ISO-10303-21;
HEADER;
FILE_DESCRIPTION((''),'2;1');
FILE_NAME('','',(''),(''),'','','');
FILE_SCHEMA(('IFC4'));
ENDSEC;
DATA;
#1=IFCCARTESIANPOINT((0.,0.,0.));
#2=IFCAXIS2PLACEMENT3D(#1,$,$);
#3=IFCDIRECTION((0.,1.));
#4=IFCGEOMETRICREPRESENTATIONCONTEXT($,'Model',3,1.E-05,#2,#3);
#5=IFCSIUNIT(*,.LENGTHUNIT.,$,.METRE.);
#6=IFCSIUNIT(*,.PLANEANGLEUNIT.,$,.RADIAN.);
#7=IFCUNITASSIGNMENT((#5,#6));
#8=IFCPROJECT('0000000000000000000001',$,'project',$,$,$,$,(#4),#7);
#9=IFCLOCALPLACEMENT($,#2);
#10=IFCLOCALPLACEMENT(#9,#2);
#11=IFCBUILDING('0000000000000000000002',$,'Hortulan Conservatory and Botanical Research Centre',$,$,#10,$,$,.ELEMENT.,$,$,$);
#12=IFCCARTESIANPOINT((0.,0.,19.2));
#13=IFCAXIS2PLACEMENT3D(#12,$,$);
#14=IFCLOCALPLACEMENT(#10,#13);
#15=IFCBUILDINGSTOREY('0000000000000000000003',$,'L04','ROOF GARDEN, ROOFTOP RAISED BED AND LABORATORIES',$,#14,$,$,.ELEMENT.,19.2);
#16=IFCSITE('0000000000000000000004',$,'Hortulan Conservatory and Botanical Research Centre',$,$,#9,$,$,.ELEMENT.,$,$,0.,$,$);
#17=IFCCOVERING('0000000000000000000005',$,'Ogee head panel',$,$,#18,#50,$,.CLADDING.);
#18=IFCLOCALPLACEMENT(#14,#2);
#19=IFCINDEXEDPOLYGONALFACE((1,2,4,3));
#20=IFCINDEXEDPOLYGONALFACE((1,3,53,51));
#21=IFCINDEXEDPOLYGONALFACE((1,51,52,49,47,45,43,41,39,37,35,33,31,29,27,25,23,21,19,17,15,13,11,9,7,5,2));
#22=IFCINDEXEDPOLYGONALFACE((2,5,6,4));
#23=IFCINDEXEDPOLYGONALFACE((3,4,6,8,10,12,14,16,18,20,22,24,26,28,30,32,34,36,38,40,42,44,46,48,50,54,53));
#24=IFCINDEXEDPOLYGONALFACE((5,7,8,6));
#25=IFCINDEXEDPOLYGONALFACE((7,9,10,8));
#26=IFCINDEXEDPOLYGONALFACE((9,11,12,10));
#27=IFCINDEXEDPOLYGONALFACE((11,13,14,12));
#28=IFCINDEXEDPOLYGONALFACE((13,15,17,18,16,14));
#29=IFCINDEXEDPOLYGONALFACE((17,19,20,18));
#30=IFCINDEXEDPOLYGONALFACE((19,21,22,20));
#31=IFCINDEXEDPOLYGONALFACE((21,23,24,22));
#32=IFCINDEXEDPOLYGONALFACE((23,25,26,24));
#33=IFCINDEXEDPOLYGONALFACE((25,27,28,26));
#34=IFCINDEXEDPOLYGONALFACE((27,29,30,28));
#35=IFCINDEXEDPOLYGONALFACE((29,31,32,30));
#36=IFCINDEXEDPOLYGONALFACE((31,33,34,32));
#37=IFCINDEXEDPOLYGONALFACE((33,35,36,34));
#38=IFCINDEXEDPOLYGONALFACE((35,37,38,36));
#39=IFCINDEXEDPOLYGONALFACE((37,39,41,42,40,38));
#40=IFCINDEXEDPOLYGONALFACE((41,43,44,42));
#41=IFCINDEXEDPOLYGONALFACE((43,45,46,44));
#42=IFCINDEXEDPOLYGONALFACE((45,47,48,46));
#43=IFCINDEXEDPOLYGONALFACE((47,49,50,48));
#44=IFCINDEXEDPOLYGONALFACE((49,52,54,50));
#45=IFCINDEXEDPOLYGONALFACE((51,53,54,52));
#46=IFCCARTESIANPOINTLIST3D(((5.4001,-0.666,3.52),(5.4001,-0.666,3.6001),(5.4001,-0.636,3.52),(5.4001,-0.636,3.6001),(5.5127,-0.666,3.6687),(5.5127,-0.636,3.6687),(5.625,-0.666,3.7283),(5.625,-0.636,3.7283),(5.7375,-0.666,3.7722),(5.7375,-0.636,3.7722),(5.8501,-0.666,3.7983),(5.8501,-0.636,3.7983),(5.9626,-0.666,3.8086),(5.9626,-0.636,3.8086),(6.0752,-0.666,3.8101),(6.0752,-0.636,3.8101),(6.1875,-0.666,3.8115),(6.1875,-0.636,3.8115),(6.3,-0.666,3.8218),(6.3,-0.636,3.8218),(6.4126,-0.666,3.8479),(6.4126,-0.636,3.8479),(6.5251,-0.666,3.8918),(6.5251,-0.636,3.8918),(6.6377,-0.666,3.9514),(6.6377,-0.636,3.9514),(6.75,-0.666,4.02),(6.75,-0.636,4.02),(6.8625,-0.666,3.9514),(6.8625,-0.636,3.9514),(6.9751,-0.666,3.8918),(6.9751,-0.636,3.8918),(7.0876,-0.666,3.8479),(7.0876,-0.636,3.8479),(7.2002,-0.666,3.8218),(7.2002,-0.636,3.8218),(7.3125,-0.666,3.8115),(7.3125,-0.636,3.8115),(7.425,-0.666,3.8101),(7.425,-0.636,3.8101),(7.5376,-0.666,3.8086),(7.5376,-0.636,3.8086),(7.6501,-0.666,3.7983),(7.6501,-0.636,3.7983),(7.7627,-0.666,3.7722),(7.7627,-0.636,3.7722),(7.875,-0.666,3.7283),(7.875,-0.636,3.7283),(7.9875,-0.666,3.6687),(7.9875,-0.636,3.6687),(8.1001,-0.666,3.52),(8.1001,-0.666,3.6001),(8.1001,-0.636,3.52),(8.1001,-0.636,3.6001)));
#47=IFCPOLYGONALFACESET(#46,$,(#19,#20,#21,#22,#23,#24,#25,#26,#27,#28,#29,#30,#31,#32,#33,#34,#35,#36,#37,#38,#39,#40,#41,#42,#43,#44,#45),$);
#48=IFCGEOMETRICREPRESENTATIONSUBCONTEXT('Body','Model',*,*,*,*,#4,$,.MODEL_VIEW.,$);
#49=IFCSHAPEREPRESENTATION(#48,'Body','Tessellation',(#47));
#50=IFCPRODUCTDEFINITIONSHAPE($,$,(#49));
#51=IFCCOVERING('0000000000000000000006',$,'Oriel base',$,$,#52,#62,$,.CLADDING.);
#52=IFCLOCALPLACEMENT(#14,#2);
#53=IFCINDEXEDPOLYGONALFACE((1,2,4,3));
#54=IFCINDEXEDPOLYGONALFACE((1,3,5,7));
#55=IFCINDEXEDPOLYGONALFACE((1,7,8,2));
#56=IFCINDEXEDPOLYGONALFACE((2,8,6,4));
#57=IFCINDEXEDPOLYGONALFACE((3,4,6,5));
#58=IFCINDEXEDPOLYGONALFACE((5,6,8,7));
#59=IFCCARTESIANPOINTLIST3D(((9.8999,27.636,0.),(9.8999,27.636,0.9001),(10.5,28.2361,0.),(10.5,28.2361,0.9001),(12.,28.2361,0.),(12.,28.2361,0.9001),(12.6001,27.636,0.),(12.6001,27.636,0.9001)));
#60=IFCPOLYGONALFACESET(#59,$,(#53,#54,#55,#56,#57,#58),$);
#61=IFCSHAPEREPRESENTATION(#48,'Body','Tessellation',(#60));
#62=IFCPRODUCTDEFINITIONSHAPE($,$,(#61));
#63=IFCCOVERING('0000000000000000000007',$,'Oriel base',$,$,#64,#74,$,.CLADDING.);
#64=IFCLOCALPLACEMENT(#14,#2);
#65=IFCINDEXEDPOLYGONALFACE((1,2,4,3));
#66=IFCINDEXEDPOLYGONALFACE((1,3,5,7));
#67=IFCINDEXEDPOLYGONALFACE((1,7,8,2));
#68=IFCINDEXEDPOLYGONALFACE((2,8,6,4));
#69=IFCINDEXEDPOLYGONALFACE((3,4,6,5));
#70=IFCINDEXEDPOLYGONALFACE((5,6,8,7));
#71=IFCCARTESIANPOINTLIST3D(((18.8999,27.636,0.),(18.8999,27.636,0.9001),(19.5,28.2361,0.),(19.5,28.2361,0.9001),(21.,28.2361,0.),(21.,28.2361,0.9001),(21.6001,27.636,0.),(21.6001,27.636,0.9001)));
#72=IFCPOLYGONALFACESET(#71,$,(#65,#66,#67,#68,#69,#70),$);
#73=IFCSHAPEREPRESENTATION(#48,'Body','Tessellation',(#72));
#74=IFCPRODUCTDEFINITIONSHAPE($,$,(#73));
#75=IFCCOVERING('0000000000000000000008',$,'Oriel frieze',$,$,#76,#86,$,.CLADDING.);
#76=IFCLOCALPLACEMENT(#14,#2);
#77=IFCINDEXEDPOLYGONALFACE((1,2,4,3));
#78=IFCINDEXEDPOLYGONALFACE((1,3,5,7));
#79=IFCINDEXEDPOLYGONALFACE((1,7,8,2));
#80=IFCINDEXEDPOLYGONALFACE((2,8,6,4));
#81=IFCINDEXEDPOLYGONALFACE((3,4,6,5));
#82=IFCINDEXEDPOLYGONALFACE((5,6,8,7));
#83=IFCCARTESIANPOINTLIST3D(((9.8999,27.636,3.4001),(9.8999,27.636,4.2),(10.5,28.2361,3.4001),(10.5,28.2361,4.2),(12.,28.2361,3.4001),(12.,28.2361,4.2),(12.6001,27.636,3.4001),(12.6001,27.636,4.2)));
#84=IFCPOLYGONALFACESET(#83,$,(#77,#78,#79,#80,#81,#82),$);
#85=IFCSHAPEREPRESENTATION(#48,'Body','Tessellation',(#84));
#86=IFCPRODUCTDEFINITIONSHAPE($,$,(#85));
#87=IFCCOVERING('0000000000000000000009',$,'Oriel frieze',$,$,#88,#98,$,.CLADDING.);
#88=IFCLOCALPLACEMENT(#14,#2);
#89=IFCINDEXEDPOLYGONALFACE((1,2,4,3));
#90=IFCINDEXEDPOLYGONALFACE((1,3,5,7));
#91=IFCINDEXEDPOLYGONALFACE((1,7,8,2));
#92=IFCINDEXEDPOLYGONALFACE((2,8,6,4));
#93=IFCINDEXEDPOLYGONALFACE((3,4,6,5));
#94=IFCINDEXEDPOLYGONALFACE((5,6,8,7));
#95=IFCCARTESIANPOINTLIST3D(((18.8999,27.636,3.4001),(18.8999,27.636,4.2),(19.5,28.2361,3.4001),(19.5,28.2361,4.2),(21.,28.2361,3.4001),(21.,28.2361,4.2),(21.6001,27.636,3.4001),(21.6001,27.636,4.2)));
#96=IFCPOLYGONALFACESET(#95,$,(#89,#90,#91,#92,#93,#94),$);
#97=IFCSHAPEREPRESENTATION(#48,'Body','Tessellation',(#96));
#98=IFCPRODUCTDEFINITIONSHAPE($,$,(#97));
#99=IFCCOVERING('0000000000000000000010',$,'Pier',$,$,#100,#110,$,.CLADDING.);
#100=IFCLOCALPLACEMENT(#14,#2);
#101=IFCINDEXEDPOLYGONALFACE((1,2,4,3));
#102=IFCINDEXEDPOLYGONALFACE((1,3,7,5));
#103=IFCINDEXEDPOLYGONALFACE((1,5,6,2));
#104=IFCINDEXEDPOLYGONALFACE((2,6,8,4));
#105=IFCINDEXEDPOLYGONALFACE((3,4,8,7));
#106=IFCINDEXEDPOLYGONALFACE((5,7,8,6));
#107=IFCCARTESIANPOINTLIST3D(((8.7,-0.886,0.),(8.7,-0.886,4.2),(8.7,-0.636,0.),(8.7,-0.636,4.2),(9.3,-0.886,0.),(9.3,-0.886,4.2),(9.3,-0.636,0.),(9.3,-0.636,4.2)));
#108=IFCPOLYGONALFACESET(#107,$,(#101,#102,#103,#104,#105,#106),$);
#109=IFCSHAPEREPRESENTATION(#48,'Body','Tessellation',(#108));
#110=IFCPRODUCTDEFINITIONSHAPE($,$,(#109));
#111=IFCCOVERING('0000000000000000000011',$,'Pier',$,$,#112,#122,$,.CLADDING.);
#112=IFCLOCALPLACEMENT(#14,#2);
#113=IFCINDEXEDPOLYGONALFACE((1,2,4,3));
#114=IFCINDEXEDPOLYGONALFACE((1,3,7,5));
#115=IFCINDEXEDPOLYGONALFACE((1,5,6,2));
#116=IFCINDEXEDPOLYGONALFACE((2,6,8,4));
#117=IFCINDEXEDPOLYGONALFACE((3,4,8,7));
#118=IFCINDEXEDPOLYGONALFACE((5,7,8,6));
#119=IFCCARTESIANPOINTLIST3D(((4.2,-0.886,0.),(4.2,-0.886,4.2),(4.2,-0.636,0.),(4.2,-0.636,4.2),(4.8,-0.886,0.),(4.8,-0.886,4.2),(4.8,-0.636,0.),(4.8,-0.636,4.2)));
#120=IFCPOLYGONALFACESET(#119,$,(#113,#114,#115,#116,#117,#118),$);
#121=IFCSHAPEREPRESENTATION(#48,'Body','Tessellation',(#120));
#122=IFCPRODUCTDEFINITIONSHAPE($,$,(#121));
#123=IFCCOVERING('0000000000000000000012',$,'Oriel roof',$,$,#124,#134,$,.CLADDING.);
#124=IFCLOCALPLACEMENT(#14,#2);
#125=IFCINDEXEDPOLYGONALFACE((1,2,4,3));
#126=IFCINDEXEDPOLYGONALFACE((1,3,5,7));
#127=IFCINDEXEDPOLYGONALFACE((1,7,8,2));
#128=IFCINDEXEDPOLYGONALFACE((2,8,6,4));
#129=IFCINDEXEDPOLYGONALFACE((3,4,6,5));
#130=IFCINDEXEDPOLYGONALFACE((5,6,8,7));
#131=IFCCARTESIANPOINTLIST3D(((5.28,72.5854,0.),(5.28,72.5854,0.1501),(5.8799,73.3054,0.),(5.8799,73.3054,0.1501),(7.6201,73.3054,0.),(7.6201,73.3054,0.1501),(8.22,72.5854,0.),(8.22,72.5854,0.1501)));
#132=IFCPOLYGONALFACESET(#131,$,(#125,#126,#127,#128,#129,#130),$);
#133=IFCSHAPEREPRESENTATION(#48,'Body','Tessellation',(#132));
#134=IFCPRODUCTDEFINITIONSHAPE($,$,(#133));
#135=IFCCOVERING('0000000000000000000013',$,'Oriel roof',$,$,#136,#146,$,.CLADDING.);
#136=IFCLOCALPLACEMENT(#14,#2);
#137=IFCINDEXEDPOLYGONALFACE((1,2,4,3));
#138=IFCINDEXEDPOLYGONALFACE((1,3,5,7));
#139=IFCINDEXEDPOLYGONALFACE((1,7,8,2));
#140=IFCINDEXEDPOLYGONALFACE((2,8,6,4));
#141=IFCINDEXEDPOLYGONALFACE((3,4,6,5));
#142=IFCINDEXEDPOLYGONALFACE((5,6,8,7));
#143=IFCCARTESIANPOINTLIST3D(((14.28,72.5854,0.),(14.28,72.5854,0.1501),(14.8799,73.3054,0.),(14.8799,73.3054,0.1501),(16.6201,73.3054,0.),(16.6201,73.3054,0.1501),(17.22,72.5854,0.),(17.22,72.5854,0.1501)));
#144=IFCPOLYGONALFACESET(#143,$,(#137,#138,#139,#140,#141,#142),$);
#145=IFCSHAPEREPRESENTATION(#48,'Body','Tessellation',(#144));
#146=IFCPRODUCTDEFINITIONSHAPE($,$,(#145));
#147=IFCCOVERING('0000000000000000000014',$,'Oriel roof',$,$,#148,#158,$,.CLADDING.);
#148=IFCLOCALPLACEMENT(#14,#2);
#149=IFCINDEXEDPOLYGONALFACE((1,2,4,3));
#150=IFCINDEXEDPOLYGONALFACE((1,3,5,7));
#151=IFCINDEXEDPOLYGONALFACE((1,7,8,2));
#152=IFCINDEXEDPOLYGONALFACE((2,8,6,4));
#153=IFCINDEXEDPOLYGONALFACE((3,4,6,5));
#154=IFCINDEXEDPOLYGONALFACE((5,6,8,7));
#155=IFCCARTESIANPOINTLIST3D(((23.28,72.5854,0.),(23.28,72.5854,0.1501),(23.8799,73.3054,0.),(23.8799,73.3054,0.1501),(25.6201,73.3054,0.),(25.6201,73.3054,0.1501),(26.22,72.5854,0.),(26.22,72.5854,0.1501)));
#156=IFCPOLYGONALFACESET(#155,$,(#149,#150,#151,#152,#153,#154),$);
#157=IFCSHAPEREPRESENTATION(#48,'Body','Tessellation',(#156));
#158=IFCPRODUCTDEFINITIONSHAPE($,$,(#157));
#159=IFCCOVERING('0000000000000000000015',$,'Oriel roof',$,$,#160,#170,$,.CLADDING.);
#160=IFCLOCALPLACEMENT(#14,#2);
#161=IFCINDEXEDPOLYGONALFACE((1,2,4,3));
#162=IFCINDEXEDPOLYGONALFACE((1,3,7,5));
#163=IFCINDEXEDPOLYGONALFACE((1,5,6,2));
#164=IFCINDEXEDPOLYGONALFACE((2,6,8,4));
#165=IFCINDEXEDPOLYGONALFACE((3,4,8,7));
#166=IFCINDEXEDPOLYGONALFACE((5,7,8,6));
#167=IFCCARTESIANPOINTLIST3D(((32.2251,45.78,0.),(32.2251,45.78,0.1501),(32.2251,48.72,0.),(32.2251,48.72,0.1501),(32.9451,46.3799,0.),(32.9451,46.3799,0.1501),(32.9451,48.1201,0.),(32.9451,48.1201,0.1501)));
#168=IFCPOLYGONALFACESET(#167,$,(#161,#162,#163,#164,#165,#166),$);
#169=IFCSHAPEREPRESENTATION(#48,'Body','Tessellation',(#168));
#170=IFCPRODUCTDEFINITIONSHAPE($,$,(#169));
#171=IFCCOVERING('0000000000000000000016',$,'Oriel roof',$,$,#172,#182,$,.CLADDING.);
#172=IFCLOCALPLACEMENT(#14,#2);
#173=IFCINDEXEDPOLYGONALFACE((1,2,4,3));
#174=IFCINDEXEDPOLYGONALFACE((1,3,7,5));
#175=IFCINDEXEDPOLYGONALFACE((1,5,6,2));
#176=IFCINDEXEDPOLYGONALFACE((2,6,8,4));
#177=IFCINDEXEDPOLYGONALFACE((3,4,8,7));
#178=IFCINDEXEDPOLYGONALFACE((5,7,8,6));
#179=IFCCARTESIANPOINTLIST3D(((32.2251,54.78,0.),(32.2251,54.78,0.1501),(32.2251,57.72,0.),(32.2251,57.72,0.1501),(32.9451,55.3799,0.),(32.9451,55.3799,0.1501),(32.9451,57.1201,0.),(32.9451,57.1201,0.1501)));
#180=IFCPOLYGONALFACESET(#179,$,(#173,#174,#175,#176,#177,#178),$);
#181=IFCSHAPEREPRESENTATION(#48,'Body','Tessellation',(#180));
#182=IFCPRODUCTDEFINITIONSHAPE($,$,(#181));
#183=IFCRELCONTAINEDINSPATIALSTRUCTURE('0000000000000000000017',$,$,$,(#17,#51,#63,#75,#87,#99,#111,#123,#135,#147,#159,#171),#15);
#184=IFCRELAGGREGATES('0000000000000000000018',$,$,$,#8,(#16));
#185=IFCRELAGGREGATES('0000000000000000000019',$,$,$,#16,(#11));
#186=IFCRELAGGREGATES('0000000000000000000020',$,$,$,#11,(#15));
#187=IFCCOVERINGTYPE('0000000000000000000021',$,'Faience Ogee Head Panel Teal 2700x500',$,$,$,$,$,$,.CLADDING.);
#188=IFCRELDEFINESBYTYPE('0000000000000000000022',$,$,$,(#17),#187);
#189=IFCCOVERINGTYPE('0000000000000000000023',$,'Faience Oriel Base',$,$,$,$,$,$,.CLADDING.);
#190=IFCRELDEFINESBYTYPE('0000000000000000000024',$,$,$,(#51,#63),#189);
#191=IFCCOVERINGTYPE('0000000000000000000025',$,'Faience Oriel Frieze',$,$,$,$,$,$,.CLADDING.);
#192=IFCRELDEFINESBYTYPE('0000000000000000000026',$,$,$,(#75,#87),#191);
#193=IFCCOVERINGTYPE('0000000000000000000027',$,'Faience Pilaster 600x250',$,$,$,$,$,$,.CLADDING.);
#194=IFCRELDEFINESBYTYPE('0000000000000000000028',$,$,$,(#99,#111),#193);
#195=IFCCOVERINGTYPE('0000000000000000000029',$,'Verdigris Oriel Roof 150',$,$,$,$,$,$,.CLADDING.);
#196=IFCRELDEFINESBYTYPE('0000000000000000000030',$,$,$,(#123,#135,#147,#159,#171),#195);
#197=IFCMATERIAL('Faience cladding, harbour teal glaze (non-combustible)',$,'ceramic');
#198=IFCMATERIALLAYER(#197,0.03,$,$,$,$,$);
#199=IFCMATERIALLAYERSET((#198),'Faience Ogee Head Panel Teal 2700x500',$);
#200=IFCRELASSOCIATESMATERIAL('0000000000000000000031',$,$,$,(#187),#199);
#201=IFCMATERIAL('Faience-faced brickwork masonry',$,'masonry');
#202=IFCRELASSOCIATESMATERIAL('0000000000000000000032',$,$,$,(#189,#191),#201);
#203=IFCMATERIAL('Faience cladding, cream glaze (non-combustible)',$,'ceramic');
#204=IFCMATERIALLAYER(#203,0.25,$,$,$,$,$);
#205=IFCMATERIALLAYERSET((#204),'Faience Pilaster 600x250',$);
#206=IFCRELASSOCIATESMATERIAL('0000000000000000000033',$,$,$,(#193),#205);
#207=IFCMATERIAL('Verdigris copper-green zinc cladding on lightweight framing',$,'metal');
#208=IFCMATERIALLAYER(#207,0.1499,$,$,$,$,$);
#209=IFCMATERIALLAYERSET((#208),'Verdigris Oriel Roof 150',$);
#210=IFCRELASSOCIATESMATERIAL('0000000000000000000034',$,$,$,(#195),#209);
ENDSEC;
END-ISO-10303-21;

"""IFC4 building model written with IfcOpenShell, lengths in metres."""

from ifc_helpers import new_model, si_unit, direction, frame, origin, origin_2d, place, context, subcontext, project, spatial, polyline, rectangle, outline, extrude, material, layer, layer_set, type_object, element, save


model = new_model("IFC4")

# Units and contexts
model_context = context("Model", 3, precision=1e-05, world=origin(), true_north=direction((0.0, 1.0)))
body_context = subcontext(model_context, "Body", "Model", "MODEL_VIEW")
ifc_project = project(units=[si_unit("LENGTHUNIT", "METRE"), si_unit("PLANEANGLEUNIT", "RADIAN")], contexts=[model_context])

# Site, building, storey
site_placement = place(None, origin())
site = spatial("IfcSite", under=ifc_project, at=site_placement, Name="Hortulan Conservatory and Botanical Research Centre", CompositionType="ELEMENT", RefElevation=0.0)
building_placement = place(site_placement, origin())
building = spatial("IfcBuilding", under=site, at=building_placement, Name="Hortulan Conservatory and Botanical Research Centre", CompositionType="ELEMENT")
storey_placement = place(building_placement, frame((0.0, 0.0, 19.2)))
storey = spatial("IfcBuildingStorey", under=building, at=storey_placement, Name="L04", Description="ROOF GARDEN, ROOFTOP RAISED BED AND LABORATORIES", CompositionType="ELEMENT", Elevation=19.2)

# Shared definitions
ifc_material_1 = material(Name="Faience-faced brickwork masonry", Category="masonry")

# Coverings
ifc_material_2 = material(Name="Faience cladding, harbour teal glaze (non-combustible)", Category="ceramic")
ifc_layer_1 = layer(ifc_material_2, 0.03)
ifc_layer_set_1 = layer_set([ifc_layer_1], Name="Faience Ogee Head Panel Teal 2700x500")
covering_type_1 = type_object("IfcCoveringType", Name="Faience Ogee Head Panel Teal 2700x500", PredefinedType="CLADDING", material=ifc_layer_set_1)
covering_1_placement = place(storey_placement, frame((8.1001, -0.6509, 3.52), z_axis=(0.0, 0.0, 1.0), x_axis=(-1.0, 0.0, 0.0)))
element("IfcCovering", 1, at=covering_1_placement, inside=storey, type_object=covering_type_1, Name="Ogee head panel", PredefinedType="CLADDING", context=body_context, shape_type="SweptSolid", body=[
    extrude(outline(polyline([(0.0, 0.0), (2.7, 0.0), (2.7, 0.0801), (2.5874, 0.1487), (2.4751, 0.2083), (2.3625, 0.2522), (2.25, 0.2783), (2.1375, 0.2886), (2.0249, 0.29), (1.9126, 0.2915), (1.8, 0.3018), (1.6875, 0.3279), (1.575, 0.3718), (1.4624, 0.4314), (1.3501, 0.5), (1.2375, 0.4314), (1.125, 0.3718), (1.0125, 0.3279), (0.8999, 0.3018), (0.7876, 0.2915), (0.675, 0.29), (0.5625, 0.2886), (0.45, 0.2783), (0.3374, 0.2522), (0.2251, 0.2083), (0.1125, 0.1487), (0.0, 0.0801), (0.0, 0.0)])), frame((0.0, 0.0151, 0.0), z_axis=(0.0, -1.0, 0.0), x_axis=(1.0, 0.0, 0.0)), (0.0, 0.0, 1.0), 0.03),
])
covering_type_2 = type_object("IfcCoveringType", Name="Faience Oriel Base", PredefinedType="CLADDING", material=ifc_material_1)
covering_2_placement = place(storey_placement, origin())
element("IfcCovering", 2, at=covering_2_placement, inside=storey, type_object=covering_type_2, Name="Oriel base", PredefinedType="CLADDING", context=body_context, shape_type="SweptSolid", body=[
    extrude(outline(polyline([(9.8999, 27.636), (10.5, 28.2361), (12.0, 28.2361), (12.6001, 27.636), (9.8999, 27.636)])), origin(), (0.0, 0.0, 1.0), 0.9001),
])
covering_3_placement = place(storey_placement, origin())
element("IfcCovering", 3, at=covering_3_placement, inside=storey, type_object=covering_type_2, Name="Oriel base", PredefinedType="CLADDING", context=body_context, shape_type="SweptSolid", body=[
    extrude(outline(polyline([(18.8999, 27.636), (19.5, 28.2361), (21.0, 28.2361), (21.6001, 27.636), (18.8999, 27.636)])), origin(), (0.0, 0.0, 1.0), 0.9001),
])
covering_type_3 = type_object("IfcCoveringType", Name="Faience Oriel Frieze", PredefinedType="CLADDING", material=ifc_material_1)
covering_4_placement = place(storey_placement, frame((0.0, 0.0, 3.4001)))
element("IfcCovering", 4, at=covering_4_placement, inside=storey, type_object=covering_type_3, Name="Oriel frieze", PredefinedType="CLADDING", context=body_context, shape_type="SweptSolid", body=[
    extrude(outline(polyline([(9.8999, 27.636), (10.5, 28.2361), (12.0, 28.2361), (12.6001, 27.636), (9.8999, 27.636)])), origin(), (0.0, 0.0, 1.0), 0.7998),
])
covering_5_placement = place(storey_placement, frame((0.0, 0.0, 3.4001)))
element("IfcCovering", 5, at=covering_5_placement, inside=storey, type_object=covering_type_3, Name="Oriel frieze", PredefinedType="CLADDING", context=body_context, shape_type="SweptSolid", body=[
    extrude(outline(polyline([(18.8999, 27.636), (19.5, 28.2361), (21.0, 28.2361), (21.6001, 27.636), (18.8999, 27.636)])), origin(), (0.0, 0.0, 1.0), 0.7998),
])
ifc_material_3 = material(Name="Faience cladding, cream glaze (non-combustible)", Category="ceramic")
ifc_layer_2 = layer(ifc_material_3, 0.25)
ifc_layer_set_2 = layer_set([ifc_layer_2], Name="Faience Pilaster 600x250")
covering_type_4 = type_object("IfcCoveringType", Name="Faience Pilaster 600x250", PredefinedType="CLADDING", material=ifc_layer_set_2)
for number, where, z_axis, x_axis, name in (
    (6, (9.0, -0.761, 0.0), (0.0, 0.0, 1.0), (-1.0, 0.0, 0.0), "Pier"),
    (7, (4.5, -0.761, 0.0), (0.0, 0.0, 1.0), (-1.0, 0.0, 0.0), "Pier"),
):
    element("IfcCovering", number, at=place(storey_placement, frame(where, z_axis=z_axis, x_axis=x_axis)), inside=storey, type_object=covering_type_4, Name=name, PredefinedType="CLADDING", context=body_context, shape_type="SweptSolid", body=[
        extrude(rectangle(XDim=0.6001, YDim=0.25, at=origin_2d()), origin(), (0.0, 0.0, 1.0), 4.2),
    ])
ifc_material_4 = material(Name="Verdigris copper-green zinc cladding on lightweight framing", Category="metal")
ifc_layer_3 = layer(ifc_material_4, 0.1499)
ifc_layer_set_3 = layer_set([ifc_layer_3], Name="Verdigris Oriel Roof 150")
covering_type_5 = type_object("IfcCoveringType", Name="Verdigris Oriel Roof 150", PredefinedType="CLADDING", material=ifc_layer_set_3)
covering_6_placement = place(storey_placement, origin())
element("IfcCovering", 8, at=covering_6_placement, inside=storey, type_object=covering_type_5, Name="Oriel roof", PredefinedType="CLADDING", context=body_context, shape_type="SweptSolid", body=[
    extrude(outline(polyline([(5.28, 72.5854), (5.8799, 73.3054), (7.6201, 73.3054), (8.22, 72.5854), (5.28, 72.5854)])), origin(), (0.0, 0.0, 1.0), 0.1501),
])
covering_7_placement = place(storey_placement, origin())
element("IfcCovering", 9, at=covering_7_placement, inside=storey, type_object=covering_type_5, Name="Oriel roof", PredefinedType="CLADDING", context=body_context, shape_type="SweptSolid", body=[
    extrude(outline(polyline([(14.28, 72.5854), (14.8799, 73.3054), (16.6201, 73.3054), (17.22, 72.5854), (14.28, 72.5854)])), origin(), (0.0, 0.0, 1.0), 0.1501),
])
covering_8_placement = place(storey_placement, origin())
element("IfcCovering", 10, at=covering_8_placement, inside=storey, type_object=covering_type_5, Name="Oriel roof", PredefinedType="CLADDING", context=body_context, shape_type="SweptSolid", body=[
    extrude(outline(polyline([(23.28, 72.5854), (23.8799, 73.3054), (25.6201, 73.3054), (26.22, 72.5854), (23.28, 72.5854)])), origin(), (0.0, 0.0, 1.0), 0.1501),
])
covering_9_placement = place(storey_placement, origin())
element("IfcCovering", 11, at=covering_9_placement, inside=storey, type_object=covering_type_5, Name="Oriel roof", PredefinedType="CLADDING", context=body_context, shape_type="SweptSolid", body=[
    extrude(outline(polyline([(32.2251, 48.72), (32.9451, 48.1201), (32.9451, 46.3799), (32.2251, 45.78), (32.2251, 48.72)])), origin(), (0.0, 0.0, 1.0), 0.1501),
])
covering_10_placement = place(storey_placement, origin())
element("IfcCovering", 12, at=covering_10_placement, inside=storey, type_object=covering_type_5, Name="Oriel roof", PredefinedType="CLADDING", context=body_context, shape_type="SweptSolid", body=[
    extrude(outline(polyline([(32.2251, 57.72), (32.9451, 57.1201), (32.9451, 55.3799), (32.2251, 54.78), (32.2251, 57.72)])), origin(), (0.0, 0.0, 1.0), 0.1501),
])

save(model, "model.ifc")
